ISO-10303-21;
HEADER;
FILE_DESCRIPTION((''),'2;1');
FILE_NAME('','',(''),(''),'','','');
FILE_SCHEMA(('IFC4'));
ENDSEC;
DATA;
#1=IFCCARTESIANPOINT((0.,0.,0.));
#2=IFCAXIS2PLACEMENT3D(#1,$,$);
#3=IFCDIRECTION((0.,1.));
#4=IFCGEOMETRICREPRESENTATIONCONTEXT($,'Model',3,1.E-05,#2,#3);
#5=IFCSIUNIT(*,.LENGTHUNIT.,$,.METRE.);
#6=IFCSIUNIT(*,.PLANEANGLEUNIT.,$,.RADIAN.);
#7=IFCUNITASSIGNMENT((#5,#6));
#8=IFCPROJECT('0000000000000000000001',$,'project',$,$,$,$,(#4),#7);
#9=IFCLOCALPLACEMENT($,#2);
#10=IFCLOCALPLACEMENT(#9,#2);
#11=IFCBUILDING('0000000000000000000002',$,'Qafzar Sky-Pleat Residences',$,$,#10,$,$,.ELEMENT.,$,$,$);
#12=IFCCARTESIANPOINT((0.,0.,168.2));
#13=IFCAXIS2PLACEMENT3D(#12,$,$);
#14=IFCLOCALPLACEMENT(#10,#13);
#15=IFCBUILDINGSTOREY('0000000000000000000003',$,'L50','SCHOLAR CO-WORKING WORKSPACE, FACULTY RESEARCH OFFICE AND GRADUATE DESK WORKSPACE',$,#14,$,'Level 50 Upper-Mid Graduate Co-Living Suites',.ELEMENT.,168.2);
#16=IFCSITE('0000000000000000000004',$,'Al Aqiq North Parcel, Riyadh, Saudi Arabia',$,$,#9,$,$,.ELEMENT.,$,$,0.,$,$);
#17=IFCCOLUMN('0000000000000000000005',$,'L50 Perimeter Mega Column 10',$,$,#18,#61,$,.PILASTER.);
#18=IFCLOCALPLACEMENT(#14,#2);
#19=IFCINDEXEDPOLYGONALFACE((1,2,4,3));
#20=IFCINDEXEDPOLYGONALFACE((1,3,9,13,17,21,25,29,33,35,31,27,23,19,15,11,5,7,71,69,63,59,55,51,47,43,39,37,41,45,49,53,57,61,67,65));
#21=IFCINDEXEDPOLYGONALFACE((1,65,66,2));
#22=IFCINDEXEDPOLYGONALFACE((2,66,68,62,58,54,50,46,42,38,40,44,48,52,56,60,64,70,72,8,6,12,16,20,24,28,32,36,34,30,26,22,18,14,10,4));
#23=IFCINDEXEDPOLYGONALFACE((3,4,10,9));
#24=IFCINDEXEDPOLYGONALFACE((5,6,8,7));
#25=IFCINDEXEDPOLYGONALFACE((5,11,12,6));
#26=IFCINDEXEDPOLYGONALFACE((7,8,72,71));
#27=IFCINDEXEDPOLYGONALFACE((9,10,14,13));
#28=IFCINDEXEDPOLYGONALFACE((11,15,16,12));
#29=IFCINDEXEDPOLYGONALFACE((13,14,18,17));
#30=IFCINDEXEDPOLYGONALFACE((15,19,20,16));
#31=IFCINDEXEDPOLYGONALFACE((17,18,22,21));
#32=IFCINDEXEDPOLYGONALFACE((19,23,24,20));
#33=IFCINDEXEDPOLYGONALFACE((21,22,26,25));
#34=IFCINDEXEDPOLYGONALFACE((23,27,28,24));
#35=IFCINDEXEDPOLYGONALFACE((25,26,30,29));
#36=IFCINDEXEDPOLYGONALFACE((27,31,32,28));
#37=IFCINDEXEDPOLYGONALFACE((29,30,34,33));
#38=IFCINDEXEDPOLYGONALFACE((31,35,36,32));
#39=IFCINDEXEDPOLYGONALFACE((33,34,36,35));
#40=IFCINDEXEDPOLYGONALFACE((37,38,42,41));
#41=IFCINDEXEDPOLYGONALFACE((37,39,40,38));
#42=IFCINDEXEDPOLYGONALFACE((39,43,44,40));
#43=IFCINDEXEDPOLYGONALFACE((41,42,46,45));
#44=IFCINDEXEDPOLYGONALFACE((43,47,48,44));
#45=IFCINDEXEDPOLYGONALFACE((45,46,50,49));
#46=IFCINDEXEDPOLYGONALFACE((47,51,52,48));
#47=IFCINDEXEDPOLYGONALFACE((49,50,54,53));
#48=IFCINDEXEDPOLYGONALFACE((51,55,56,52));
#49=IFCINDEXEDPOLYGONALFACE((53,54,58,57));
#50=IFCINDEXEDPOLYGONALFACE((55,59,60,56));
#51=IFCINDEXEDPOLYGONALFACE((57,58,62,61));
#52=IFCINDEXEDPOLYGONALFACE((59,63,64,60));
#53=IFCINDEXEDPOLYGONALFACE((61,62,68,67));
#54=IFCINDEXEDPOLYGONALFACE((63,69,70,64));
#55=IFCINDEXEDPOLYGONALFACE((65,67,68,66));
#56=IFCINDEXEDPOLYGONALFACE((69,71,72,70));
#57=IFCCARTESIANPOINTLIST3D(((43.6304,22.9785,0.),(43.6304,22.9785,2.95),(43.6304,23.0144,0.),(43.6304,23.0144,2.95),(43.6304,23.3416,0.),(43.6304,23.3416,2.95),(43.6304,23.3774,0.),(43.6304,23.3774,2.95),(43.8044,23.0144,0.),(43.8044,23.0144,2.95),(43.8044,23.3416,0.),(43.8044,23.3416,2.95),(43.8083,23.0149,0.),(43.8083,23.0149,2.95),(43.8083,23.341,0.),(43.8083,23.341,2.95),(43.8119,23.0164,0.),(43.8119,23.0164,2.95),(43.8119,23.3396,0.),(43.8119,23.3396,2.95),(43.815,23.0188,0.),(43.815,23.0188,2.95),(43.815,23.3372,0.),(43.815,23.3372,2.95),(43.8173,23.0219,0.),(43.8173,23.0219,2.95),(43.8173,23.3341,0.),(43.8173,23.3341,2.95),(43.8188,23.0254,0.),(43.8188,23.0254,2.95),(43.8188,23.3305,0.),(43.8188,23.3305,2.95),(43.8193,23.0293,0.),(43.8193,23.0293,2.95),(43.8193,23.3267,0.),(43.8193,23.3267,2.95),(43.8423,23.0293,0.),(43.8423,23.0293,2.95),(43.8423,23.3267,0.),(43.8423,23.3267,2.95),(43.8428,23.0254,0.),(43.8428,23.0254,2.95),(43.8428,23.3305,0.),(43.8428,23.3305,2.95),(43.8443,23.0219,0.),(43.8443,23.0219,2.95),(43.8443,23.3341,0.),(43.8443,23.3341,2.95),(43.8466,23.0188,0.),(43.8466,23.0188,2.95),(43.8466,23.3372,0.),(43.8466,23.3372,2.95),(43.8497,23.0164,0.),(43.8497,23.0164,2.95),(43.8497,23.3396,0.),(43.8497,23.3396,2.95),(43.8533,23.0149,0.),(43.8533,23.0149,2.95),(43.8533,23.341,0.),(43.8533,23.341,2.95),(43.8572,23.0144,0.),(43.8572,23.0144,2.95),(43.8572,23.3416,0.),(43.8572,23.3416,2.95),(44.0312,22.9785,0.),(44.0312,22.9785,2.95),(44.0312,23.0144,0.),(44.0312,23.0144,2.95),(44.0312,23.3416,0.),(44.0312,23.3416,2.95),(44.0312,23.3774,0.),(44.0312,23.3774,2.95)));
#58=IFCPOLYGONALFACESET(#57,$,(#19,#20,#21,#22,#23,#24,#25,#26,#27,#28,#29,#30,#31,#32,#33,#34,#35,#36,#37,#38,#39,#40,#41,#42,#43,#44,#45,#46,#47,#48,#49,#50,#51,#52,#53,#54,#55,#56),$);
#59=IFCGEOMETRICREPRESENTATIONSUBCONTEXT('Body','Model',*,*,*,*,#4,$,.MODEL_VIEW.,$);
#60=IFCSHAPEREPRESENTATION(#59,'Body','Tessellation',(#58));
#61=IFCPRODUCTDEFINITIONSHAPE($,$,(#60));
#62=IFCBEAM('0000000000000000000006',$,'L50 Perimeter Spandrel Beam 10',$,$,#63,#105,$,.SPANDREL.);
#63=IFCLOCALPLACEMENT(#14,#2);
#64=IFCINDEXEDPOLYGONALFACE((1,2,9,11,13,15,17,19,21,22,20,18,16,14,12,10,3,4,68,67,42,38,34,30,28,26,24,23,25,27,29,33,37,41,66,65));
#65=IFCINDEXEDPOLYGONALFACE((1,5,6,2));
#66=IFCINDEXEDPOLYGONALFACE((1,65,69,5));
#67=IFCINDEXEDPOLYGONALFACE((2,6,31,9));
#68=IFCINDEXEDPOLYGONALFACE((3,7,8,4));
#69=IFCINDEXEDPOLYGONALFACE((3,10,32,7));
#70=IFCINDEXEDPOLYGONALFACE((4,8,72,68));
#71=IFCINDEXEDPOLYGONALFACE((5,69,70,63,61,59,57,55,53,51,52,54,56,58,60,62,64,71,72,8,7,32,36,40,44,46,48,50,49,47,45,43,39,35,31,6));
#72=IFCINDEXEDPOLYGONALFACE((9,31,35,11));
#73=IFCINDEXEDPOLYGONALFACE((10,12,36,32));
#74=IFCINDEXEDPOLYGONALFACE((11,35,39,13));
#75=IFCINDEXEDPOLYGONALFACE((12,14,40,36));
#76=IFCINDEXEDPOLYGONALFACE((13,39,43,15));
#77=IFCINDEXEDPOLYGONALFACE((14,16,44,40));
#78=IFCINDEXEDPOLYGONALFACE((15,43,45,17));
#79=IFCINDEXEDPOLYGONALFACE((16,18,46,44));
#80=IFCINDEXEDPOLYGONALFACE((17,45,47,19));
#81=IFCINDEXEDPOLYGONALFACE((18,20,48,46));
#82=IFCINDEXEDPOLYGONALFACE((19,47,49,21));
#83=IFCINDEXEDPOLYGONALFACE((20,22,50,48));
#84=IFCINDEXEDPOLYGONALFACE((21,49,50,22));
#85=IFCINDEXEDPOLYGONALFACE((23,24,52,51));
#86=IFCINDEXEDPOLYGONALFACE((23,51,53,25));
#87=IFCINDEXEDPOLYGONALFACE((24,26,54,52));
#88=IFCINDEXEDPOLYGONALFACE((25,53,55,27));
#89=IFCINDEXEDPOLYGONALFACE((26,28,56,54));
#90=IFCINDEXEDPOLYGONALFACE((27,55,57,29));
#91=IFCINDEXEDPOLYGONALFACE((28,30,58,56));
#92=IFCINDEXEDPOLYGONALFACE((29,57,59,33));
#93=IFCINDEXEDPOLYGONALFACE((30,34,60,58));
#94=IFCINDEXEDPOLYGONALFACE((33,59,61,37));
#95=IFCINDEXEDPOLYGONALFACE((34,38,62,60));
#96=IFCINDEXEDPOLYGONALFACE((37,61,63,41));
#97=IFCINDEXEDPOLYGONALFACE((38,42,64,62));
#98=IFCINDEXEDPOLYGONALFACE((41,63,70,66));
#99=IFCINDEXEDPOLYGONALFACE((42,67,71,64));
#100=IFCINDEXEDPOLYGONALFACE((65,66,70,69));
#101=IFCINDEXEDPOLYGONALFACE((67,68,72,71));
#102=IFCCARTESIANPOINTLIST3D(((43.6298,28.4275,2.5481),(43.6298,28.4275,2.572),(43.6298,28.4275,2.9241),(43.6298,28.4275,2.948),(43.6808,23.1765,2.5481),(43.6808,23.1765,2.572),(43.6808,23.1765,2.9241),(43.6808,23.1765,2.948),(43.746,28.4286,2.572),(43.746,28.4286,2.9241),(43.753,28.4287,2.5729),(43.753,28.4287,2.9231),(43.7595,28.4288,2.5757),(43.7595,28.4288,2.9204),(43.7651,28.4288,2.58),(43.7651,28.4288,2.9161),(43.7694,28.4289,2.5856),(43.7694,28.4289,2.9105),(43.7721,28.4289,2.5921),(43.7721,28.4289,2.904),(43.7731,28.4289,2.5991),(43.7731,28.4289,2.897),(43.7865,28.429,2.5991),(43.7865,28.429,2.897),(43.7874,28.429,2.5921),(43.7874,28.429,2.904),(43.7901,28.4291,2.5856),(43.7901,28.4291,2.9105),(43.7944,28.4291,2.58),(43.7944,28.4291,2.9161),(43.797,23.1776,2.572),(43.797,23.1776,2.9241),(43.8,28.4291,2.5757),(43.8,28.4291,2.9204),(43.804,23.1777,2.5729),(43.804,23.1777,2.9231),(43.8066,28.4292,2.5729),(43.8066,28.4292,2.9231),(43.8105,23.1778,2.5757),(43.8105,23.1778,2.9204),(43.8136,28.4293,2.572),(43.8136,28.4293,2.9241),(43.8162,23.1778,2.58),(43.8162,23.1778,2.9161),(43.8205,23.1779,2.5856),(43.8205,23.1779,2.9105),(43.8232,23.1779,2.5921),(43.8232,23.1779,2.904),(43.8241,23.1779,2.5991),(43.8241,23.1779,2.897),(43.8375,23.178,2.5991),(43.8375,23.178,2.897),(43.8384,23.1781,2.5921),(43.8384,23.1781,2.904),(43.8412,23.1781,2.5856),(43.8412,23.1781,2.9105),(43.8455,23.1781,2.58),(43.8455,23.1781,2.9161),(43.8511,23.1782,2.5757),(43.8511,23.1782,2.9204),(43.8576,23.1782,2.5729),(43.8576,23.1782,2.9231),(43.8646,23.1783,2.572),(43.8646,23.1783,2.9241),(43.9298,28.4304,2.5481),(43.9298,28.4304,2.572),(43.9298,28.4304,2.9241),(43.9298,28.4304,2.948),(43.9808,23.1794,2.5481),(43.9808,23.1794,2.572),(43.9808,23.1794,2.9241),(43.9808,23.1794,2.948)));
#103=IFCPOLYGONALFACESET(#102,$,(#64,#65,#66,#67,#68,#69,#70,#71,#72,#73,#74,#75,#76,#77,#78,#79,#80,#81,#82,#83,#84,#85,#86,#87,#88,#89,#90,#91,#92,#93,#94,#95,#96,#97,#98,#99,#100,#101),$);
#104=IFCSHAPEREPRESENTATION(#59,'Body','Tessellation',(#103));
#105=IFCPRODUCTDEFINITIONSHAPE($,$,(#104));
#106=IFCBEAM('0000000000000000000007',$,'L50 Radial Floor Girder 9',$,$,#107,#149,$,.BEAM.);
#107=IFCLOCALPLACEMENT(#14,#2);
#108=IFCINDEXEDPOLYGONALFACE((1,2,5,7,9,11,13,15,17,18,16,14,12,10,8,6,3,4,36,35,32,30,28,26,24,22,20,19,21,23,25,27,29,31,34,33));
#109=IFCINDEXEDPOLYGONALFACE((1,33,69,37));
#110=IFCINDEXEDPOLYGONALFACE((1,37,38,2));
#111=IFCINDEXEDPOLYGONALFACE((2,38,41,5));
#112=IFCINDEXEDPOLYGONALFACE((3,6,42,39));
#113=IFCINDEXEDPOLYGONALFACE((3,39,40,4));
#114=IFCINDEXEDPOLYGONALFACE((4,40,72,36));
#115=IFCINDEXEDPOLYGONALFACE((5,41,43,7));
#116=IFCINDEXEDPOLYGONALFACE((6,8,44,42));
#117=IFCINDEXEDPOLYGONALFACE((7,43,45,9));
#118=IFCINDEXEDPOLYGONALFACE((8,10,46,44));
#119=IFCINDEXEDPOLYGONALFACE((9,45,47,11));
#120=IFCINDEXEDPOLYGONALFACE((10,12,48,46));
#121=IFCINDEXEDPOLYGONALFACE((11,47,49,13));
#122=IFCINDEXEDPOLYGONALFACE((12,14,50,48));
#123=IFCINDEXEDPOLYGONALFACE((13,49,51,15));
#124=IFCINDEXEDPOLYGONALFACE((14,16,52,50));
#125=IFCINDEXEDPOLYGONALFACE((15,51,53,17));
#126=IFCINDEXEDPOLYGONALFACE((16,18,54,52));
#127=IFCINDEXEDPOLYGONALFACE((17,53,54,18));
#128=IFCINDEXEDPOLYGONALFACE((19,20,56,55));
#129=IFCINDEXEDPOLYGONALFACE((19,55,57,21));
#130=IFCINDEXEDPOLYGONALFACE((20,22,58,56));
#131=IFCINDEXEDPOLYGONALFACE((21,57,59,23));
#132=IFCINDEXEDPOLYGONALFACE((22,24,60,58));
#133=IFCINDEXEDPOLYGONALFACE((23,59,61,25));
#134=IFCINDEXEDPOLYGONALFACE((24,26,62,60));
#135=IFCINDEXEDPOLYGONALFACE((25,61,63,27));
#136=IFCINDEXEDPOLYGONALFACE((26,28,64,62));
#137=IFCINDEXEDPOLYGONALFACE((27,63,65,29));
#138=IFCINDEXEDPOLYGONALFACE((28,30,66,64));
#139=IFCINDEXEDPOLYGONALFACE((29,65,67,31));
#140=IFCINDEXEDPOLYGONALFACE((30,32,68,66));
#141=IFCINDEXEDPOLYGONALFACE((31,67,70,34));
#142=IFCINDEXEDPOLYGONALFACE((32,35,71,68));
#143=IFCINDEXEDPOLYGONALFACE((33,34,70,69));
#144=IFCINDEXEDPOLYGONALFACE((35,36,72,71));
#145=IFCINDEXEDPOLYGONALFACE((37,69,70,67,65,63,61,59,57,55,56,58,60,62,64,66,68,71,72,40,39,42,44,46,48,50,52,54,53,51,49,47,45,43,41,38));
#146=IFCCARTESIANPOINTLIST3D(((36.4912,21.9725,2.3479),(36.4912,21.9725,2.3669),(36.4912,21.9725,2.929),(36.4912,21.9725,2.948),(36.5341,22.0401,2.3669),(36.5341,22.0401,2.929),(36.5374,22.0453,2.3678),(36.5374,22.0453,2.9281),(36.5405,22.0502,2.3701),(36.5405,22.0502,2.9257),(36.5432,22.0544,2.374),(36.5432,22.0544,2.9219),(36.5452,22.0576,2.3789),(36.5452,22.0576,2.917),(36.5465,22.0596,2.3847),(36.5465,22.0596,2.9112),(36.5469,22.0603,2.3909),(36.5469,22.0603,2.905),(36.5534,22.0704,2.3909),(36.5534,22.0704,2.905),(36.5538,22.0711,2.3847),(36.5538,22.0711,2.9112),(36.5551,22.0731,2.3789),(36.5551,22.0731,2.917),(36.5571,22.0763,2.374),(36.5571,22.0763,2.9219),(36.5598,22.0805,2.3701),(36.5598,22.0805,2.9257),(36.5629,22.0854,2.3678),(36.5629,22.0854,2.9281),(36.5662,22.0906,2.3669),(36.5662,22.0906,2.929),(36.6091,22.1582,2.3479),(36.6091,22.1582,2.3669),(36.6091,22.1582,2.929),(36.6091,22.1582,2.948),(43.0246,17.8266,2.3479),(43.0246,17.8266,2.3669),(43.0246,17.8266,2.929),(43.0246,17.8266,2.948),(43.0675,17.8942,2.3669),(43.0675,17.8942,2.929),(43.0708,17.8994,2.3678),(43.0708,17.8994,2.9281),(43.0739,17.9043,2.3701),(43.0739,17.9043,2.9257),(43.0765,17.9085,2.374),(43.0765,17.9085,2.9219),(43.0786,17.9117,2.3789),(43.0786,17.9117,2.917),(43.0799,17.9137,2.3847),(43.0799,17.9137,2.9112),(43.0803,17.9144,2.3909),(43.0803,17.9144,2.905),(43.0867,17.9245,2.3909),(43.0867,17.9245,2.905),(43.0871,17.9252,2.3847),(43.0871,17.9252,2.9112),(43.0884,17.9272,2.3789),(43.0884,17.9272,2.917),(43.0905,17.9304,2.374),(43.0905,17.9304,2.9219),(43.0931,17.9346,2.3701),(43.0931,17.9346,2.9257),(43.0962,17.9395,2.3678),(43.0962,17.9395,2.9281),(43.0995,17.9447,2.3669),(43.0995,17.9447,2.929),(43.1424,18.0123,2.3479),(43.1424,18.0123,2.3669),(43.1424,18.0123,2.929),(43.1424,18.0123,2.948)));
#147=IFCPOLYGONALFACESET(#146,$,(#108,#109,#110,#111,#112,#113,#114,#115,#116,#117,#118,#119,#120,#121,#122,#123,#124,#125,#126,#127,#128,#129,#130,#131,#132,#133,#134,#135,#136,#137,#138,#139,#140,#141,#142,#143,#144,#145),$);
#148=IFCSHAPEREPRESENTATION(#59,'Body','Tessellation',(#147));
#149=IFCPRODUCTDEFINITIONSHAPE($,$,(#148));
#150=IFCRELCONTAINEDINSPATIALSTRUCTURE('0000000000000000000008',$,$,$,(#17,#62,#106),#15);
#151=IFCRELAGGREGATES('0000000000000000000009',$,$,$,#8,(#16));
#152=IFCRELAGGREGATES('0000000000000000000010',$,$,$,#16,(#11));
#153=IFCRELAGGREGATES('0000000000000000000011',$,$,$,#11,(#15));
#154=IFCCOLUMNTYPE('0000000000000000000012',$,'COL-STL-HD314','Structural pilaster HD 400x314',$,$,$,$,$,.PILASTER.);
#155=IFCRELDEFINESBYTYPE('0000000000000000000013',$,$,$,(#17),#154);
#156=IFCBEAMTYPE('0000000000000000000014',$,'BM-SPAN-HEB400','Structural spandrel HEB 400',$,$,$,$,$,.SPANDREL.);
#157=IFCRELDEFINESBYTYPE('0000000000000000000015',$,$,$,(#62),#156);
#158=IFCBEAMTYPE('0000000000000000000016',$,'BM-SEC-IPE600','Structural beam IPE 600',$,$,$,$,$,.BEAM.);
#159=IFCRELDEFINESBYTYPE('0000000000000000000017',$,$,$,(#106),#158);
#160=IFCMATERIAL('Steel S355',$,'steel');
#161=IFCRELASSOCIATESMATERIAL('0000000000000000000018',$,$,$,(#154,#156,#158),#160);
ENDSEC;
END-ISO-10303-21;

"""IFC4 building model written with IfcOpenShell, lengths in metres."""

from ifc_helpers import new_model, si_unit, direction, frame, origin, origin_2d, place, context, subcontext, project, spatial, i_section, extrude, source, transform, mapped, material, material_profile, profile_set, type_object, element, save


model = new_model("IFC4")

# Units and contexts
model_context = context("Model", 3, precision=1e-05, world=origin(), true_north=direction((0.0, 1.0)))
body_context = subcontext(model_context, "Body", "Model", "MODEL_VIEW")
ifc_project = project(units=[si_unit("LENGTHUNIT", "METRE"), si_unit("PLANEANGLEUNIT", "RADIAN")], contexts=[model_context])

# Site, building, storey
site_placement = place(None, origin())
site = spatial("IfcSite", under=ifc_project, at=site_placement, Name="Al Aqiq North Parcel, Riyadh, Saudi Arabia", CompositionType="ELEMENT", RefElevation=0.0)
building_placement = place(site_placement, origin())
building = spatial("IfcBuilding", under=site, at=building_placement, Name="Qafzar Sky-Pleat Residences", CompositionType="ELEMENT")
storey_placement = place(building_placement, frame((0.0, 0.0, 168.2)))
storey = spatial("IfcBuildingStorey", under=building, at=storey_placement, Name="L50", Description="SCHOLAR CO-WORKING WORKSPACE, FACULTY RESEARCH OFFICE AND GRADUATE DESK WORKSPACE", LongName="Level 50 Upper-Mid Graduate Co-Living Suites", CompositionType="ELEMENT", Elevation=168.2)

# Column
ifc_material_1 = material(Name="Steel S355", Category="steel")
ifc_material_profile_1 = material_profile(ifc_material_1, i_section(OverallWidth=0.4009, OverallDepth=0.3989, WebThickness=0.0229, FlangeThickness=0.0359, FilletRadius=0.0149, at=origin_2d()), Name="HD 400x314")
ifc_profile_set_1 = profile_set([ifc_material_profile_1], Name="Steel S355")
column_type = type_object("IfcColumnType", Name="COL-STL-HD314", Description="Structural pilaster HD 400x314", PredefinedType="PILASTER", material=ifc_profile_set_1)
shared_shape_1 = source(origin(), body_context, "Body", "SweptSolid", [
    extrude(i_section(OverallWidth=0.4009, OverallDepth=0.3989, WebThickness=0.0229, FlangeThickness=0.0359, FilletRadius=0.0149, at=origin_2d()), origin(), (0.0, 0.0, 1.0), 2.95),
])
column_placement = place(storey_placement, frame((43.8308, 23.178, 0.0), z_axis=(0.0, 0.0, 1.0), x_axis=(1.0, 0.0, 0.0)))
element("IfcColumn", 1, at=column_placement, inside=storey, type_object=column_type, Name="L50 Perimeter Mega Column 10", PredefinedType="PILASTER", context=body_context, shape_type="MappedRepresentation", body=[
    mapped(shared_shape_1, transform((0.0, 0.0, 0.0), x_axis=(1.0, 0.0, 0.0), y_axis=(0.0, 1.0, 0.0), z_axis=(0.0, 0.0, 1.0), scale=1.0)),
])

# Beams
ifc_material_profile_2 = material_profile(ifc_material_1, i_section(OverallWidth=0.3, OverallDepth=0.3999, WebThickness=0.0134, FlangeThickness=0.0239, FilletRadius=0.0271, at=origin_2d()), Name="HEB 400")
ifc_profile_set_2 = profile_set([ifc_material_profile_2], Name="Steel S355")
beam_type_1 = type_object("IfcBeamType", Name="BM-SPAN-HEB400", Description="Structural spandrel HEB 400", PredefinedType="SPANDREL", material=ifc_profile_set_2)
shared_shape_2 = source(origin(), body_context, "Body", "SweptSolid", [
    extrude(i_section(OverallWidth=0.3, OverallDepth=0.3999, WebThickness=0.0134, FlangeThickness=0.0239, FilletRadius=0.0271, at=origin_2d()), origin(), (0.0, 0.0, 1.0), 5.2512),
])
beam_1_placement = place(storey_placement, frame((43.8308, 23.178, 2.748), z_axis=(-0.009717, 0.999953, 0.0), x_axis=(-0.999953, -0.009717, 0.0)))
element("IfcBeam", 2, at=beam_1_placement, inside=storey, type_object=beam_type_1, Name="L50 Perimeter Spandrel Beam 10", PredefinedType="SPANDREL", context=body_context, shape_type="MappedRepresentation", body=[
    mapped(shared_shape_2, transform((0.0, 0.0, 0.0), x_axis=(1.0, 0.0, 0.0), y_axis=(0.0, 1.0, 0.0), z_axis=(0.0, 0.0, 1.0), scale=1.0)),
])
ifc_material_profile_3 = material_profile(ifc_material_1, i_section(OverallWidth=0.22, OverallDepth=0.6001, WebThickness=0.012, FlangeThickness=0.019, FilletRadius=0.0239, at=origin_2d()), Name="IPE 600")
ifc_profile_set_3 = profile_set([ifc_material_profile_3], Name="Steel S355")
beam_type_2 = type_object("IfcBeamType", Name="BM-SEC-IPE600", Description="Structural beam IPE 600", PredefinedType="BEAM", material=ifc_profile_set_3)
shared_shape_3 = source(origin(), body_context, "Body", "SweptSolid", [
    extrude(i_section(OverallWidth=0.22, OverallDepth=0.6001, WebThickness=0.012, FlangeThickness=0.019, FilletRadius=0.0239, at=origin_2d()), origin(), (0.0, 0.0, 1.0), 7.7378),
])
beam_2_placement = place(storey_placement, frame((43.0835, 17.9194, 2.6479), z_axis=(-0.844343, 0.535803, 0.0), x_axis=(-0.535803, -0.844343, 0.0)))
element("IfcBeam", 3, at=beam_2_placement, inside=storey, type_object=beam_type_2, Name="L50 Radial Floor Girder 9", PredefinedType="BEAM", context=body_context, shape_type="MappedRepresentation", body=[
    mapped(shared_shape_3, transform((0.0, 0.0, 0.0), x_axis=(1.0, 0.0, 0.0), y_axis=(0.0, 1.0, 0.0), z_axis=(0.0, 0.0, 1.0), scale=1.0)),
])

save(model, "model.ifc")
